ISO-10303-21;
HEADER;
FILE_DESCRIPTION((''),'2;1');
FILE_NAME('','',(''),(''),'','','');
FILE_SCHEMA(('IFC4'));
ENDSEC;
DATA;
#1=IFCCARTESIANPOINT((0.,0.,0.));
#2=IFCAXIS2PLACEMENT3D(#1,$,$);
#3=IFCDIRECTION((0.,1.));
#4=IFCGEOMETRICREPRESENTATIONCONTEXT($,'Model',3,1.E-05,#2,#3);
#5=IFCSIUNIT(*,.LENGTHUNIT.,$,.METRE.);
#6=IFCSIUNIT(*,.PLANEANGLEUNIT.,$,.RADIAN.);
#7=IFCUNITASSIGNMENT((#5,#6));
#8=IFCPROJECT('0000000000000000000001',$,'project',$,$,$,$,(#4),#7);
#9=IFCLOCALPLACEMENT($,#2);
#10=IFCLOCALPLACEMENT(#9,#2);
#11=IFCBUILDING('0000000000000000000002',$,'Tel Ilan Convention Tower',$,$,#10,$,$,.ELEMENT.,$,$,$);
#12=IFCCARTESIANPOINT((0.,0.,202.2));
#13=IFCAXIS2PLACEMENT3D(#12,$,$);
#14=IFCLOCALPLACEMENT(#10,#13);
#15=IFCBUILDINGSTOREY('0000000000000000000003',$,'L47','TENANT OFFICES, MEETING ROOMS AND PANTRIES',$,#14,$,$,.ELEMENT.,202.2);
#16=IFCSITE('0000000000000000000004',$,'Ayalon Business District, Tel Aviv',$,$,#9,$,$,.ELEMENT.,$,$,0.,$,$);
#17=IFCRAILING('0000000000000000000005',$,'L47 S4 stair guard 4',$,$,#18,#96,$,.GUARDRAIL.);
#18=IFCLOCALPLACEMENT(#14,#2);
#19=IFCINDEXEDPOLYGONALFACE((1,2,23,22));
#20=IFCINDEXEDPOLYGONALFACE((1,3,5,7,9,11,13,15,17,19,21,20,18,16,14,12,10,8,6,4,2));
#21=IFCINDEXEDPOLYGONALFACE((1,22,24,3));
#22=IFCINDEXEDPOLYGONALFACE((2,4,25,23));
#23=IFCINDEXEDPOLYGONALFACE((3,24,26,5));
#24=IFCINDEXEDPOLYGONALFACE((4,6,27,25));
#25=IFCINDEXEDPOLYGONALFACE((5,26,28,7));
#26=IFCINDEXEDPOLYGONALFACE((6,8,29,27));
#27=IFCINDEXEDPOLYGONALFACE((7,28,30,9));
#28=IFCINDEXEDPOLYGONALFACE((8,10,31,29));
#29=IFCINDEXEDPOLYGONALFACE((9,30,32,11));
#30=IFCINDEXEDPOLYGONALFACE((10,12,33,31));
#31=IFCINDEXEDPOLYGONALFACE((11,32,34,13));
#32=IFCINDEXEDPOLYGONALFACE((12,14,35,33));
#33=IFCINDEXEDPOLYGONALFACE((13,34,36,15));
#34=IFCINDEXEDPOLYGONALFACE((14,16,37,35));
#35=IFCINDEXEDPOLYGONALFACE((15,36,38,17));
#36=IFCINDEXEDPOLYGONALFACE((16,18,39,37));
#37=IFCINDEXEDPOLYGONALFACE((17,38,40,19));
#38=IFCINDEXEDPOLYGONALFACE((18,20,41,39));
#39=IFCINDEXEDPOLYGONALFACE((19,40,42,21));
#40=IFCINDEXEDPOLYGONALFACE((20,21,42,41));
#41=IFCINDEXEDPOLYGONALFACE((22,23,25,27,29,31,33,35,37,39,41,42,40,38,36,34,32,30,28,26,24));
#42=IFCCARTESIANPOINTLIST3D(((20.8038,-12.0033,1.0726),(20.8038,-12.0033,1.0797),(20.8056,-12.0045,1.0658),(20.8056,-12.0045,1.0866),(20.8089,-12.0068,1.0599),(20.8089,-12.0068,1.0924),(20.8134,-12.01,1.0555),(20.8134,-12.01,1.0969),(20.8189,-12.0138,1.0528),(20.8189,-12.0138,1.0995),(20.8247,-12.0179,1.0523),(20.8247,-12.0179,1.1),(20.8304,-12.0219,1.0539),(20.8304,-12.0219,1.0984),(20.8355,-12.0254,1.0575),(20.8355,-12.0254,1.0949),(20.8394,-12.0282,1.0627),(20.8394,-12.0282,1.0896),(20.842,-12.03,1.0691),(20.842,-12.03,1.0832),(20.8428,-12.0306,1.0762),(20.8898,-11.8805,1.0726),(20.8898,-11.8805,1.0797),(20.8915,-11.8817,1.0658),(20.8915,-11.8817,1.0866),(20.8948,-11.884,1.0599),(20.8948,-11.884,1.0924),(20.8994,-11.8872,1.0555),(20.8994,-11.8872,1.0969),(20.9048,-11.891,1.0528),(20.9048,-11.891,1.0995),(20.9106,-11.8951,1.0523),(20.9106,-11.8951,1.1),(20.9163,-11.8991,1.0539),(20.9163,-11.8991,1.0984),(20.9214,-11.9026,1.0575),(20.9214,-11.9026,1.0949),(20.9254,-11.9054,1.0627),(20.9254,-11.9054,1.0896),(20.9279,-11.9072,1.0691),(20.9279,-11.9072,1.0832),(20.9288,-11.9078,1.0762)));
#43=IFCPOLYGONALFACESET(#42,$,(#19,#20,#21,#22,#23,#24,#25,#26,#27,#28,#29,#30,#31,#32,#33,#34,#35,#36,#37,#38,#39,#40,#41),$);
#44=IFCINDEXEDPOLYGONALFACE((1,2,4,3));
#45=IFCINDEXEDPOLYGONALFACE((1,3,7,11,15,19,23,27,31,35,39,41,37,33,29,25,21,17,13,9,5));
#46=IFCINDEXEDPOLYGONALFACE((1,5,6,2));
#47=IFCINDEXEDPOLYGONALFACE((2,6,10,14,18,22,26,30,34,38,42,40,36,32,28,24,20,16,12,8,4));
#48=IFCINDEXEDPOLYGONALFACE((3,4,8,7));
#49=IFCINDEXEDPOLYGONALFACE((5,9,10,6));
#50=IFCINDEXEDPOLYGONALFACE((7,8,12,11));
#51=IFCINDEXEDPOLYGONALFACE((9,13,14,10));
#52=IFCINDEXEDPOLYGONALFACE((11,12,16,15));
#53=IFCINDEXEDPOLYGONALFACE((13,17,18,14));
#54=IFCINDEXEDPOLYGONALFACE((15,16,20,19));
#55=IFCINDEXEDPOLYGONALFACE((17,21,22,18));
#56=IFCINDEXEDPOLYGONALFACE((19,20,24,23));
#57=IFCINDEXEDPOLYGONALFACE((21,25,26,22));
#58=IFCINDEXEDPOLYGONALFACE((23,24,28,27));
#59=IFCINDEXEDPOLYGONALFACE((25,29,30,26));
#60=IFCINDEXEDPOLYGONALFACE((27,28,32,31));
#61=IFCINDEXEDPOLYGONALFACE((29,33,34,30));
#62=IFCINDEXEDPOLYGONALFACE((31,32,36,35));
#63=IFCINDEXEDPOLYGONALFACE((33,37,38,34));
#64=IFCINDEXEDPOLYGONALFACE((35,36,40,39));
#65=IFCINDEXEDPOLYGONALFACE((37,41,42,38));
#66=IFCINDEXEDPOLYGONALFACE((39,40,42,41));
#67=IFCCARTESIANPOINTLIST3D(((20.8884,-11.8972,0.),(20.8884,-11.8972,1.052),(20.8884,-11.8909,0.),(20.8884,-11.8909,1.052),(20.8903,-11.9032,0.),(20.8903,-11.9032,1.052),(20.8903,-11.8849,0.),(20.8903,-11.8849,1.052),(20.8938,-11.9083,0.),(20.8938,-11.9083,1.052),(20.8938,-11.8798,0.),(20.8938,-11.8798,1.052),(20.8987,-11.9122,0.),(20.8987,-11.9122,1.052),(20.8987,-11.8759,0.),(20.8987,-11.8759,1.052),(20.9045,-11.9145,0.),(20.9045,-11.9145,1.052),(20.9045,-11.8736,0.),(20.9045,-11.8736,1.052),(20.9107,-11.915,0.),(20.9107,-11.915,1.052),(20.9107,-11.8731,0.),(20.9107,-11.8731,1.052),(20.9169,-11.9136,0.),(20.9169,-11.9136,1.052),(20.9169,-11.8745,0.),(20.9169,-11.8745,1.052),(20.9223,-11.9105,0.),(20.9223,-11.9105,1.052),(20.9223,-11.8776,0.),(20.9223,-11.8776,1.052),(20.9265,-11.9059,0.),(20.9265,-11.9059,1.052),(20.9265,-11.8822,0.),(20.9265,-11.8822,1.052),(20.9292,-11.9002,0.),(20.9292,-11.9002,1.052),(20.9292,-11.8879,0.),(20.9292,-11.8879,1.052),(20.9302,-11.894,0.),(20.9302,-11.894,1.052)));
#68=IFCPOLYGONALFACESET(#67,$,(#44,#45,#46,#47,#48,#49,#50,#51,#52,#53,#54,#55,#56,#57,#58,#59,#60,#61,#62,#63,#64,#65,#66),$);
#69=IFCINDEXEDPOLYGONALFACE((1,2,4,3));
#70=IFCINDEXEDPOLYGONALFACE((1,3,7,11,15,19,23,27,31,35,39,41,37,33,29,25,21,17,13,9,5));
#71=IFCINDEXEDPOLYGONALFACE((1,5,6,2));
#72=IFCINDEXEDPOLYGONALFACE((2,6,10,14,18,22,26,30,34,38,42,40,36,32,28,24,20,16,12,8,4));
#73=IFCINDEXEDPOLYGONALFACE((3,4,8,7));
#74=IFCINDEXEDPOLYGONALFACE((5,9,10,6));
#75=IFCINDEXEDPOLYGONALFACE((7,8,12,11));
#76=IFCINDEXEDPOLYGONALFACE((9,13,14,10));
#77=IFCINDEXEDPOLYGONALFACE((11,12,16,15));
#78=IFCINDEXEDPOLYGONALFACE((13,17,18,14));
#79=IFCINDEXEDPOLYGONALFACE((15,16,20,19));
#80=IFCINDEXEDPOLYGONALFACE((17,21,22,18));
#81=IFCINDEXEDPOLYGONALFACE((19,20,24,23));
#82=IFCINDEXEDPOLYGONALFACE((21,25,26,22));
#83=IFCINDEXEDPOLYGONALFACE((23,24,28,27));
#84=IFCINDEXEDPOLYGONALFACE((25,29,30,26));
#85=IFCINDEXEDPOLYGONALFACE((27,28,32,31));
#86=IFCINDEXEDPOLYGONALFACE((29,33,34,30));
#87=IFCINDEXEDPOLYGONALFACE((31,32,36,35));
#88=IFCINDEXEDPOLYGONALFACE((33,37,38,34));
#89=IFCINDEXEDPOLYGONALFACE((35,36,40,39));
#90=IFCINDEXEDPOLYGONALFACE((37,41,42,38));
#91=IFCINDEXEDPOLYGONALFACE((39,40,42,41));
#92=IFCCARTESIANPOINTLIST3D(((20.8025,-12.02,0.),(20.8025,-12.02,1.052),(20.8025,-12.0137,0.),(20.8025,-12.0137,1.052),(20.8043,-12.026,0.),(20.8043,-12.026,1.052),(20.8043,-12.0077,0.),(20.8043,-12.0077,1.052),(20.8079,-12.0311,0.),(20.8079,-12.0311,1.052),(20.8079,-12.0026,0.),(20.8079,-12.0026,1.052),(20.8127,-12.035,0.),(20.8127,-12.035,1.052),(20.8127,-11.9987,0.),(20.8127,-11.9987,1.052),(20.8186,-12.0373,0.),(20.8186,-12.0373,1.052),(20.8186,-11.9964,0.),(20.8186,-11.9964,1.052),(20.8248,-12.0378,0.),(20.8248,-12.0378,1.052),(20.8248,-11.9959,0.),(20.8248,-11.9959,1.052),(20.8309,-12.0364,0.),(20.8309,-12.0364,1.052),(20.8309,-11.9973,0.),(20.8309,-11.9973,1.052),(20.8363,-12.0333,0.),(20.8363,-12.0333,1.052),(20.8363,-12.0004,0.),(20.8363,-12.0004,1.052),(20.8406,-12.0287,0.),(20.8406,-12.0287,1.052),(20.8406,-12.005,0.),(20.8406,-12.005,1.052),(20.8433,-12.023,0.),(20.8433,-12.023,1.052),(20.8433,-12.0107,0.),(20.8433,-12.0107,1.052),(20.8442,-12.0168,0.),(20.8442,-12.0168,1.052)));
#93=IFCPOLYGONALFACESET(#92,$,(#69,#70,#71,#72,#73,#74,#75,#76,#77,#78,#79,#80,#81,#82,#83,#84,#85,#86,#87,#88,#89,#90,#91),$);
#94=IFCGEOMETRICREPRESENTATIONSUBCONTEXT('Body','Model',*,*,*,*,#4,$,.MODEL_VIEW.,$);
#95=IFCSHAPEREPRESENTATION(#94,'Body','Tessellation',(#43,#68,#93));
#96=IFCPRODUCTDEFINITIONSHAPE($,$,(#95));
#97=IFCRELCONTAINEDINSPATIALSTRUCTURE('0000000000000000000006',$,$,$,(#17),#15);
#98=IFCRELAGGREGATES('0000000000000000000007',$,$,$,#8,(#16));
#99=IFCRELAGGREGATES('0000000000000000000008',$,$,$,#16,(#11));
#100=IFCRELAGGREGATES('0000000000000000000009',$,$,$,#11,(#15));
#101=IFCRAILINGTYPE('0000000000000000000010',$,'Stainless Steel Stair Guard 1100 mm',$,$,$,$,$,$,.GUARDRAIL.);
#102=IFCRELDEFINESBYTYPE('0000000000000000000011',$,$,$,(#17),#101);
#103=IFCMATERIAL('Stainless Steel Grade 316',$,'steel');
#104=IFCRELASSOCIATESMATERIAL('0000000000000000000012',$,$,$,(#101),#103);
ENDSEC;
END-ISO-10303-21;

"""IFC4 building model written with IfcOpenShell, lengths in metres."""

from ifc_helpers import new_model, si_unit, direction, frame, origin, origin_2d, place, context, subcontext, project, spatial, circle, extrude, material, type_object, element, save


model = new_model("IFC4")

# Units and contexts
model_context = context("Model", 3, precision=1e-05, world=origin(), true_north=direction((0.0, 1.0)))
body_context = subcontext(model_context, "Body", "Model", "MODEL_VIEW")
ifc_project = project(units=[si_unit("LENGTHUNIT", "METRE"), si_unit("PLANEANGLEUNIT", "RADIAN")], contexts=[model_context])

# Site, building, storey
site_placement = place(None, origin())
site = spatial("IfcSite", under=ifc_project, at=site_placement, Name="Ayalon Business District, Tel Aviv", CompositionType="ELEMENT", RefElevation=0.0)
building_placement = place(site_placement, origin())
building = spatial("IfcBuilding", under=site, at=building_placement, Name="Tel Ilan Convention Tower", CompositionType="ELEMENT")
storey_placement = place(building_placement, frame((0.0, 0.0, 202.2)))
storey = spatial("IfcBuildingStorey", under=building, at=storey_placement, Name="L47", Description="TENANT OFFICES, MEETING ROOMS AND PANTRIES", CompositionType="ELEMENT", Elevation=202.2)

# Railing
ifc_material_1 = material(Name="Stainless Steel Grade 316", Category="steel")
railing_type_1 = type_object("IfcRailingType", Name="Stainless Steel Stair Guard 1100 mm", PredefinedType="GUARDRAIL", material=ifc_material_1)
railing_1_placement = place(storey_placement, frame((20.9092, -11.894, 0.0)))
element("IfcRailing", 1, at=railing_1_placement, inside=storey, type_object=railing_type_1, Name="L47 S4 stair guard 4", PredefinedType="GUARDRAIL", context=body_context, shape_type="SweptSolid", body=[
    extrude(circle(Radius=0.0239, at=origin_2d()), frame((0.0, 0.0, 1.0762), z_axis=(-0.573353, -0.819308, 0.0), x_axis=(0.819308, -0.573353, 0.0)), (0.0, 0.0, 1.0), 0.1499),
    extrude(circle(Radius=0.021, at=origin_2d()), origin(), (0.0, 0.0, 1.0), 1.052),
    extrude(circle(Radius=0.021, at=origin_2d()), frame((-0.0859, -0.1228, 0.0)), (0.0, 0.0, 1.0), 1.052),
])

save(model, "model.ifc")
